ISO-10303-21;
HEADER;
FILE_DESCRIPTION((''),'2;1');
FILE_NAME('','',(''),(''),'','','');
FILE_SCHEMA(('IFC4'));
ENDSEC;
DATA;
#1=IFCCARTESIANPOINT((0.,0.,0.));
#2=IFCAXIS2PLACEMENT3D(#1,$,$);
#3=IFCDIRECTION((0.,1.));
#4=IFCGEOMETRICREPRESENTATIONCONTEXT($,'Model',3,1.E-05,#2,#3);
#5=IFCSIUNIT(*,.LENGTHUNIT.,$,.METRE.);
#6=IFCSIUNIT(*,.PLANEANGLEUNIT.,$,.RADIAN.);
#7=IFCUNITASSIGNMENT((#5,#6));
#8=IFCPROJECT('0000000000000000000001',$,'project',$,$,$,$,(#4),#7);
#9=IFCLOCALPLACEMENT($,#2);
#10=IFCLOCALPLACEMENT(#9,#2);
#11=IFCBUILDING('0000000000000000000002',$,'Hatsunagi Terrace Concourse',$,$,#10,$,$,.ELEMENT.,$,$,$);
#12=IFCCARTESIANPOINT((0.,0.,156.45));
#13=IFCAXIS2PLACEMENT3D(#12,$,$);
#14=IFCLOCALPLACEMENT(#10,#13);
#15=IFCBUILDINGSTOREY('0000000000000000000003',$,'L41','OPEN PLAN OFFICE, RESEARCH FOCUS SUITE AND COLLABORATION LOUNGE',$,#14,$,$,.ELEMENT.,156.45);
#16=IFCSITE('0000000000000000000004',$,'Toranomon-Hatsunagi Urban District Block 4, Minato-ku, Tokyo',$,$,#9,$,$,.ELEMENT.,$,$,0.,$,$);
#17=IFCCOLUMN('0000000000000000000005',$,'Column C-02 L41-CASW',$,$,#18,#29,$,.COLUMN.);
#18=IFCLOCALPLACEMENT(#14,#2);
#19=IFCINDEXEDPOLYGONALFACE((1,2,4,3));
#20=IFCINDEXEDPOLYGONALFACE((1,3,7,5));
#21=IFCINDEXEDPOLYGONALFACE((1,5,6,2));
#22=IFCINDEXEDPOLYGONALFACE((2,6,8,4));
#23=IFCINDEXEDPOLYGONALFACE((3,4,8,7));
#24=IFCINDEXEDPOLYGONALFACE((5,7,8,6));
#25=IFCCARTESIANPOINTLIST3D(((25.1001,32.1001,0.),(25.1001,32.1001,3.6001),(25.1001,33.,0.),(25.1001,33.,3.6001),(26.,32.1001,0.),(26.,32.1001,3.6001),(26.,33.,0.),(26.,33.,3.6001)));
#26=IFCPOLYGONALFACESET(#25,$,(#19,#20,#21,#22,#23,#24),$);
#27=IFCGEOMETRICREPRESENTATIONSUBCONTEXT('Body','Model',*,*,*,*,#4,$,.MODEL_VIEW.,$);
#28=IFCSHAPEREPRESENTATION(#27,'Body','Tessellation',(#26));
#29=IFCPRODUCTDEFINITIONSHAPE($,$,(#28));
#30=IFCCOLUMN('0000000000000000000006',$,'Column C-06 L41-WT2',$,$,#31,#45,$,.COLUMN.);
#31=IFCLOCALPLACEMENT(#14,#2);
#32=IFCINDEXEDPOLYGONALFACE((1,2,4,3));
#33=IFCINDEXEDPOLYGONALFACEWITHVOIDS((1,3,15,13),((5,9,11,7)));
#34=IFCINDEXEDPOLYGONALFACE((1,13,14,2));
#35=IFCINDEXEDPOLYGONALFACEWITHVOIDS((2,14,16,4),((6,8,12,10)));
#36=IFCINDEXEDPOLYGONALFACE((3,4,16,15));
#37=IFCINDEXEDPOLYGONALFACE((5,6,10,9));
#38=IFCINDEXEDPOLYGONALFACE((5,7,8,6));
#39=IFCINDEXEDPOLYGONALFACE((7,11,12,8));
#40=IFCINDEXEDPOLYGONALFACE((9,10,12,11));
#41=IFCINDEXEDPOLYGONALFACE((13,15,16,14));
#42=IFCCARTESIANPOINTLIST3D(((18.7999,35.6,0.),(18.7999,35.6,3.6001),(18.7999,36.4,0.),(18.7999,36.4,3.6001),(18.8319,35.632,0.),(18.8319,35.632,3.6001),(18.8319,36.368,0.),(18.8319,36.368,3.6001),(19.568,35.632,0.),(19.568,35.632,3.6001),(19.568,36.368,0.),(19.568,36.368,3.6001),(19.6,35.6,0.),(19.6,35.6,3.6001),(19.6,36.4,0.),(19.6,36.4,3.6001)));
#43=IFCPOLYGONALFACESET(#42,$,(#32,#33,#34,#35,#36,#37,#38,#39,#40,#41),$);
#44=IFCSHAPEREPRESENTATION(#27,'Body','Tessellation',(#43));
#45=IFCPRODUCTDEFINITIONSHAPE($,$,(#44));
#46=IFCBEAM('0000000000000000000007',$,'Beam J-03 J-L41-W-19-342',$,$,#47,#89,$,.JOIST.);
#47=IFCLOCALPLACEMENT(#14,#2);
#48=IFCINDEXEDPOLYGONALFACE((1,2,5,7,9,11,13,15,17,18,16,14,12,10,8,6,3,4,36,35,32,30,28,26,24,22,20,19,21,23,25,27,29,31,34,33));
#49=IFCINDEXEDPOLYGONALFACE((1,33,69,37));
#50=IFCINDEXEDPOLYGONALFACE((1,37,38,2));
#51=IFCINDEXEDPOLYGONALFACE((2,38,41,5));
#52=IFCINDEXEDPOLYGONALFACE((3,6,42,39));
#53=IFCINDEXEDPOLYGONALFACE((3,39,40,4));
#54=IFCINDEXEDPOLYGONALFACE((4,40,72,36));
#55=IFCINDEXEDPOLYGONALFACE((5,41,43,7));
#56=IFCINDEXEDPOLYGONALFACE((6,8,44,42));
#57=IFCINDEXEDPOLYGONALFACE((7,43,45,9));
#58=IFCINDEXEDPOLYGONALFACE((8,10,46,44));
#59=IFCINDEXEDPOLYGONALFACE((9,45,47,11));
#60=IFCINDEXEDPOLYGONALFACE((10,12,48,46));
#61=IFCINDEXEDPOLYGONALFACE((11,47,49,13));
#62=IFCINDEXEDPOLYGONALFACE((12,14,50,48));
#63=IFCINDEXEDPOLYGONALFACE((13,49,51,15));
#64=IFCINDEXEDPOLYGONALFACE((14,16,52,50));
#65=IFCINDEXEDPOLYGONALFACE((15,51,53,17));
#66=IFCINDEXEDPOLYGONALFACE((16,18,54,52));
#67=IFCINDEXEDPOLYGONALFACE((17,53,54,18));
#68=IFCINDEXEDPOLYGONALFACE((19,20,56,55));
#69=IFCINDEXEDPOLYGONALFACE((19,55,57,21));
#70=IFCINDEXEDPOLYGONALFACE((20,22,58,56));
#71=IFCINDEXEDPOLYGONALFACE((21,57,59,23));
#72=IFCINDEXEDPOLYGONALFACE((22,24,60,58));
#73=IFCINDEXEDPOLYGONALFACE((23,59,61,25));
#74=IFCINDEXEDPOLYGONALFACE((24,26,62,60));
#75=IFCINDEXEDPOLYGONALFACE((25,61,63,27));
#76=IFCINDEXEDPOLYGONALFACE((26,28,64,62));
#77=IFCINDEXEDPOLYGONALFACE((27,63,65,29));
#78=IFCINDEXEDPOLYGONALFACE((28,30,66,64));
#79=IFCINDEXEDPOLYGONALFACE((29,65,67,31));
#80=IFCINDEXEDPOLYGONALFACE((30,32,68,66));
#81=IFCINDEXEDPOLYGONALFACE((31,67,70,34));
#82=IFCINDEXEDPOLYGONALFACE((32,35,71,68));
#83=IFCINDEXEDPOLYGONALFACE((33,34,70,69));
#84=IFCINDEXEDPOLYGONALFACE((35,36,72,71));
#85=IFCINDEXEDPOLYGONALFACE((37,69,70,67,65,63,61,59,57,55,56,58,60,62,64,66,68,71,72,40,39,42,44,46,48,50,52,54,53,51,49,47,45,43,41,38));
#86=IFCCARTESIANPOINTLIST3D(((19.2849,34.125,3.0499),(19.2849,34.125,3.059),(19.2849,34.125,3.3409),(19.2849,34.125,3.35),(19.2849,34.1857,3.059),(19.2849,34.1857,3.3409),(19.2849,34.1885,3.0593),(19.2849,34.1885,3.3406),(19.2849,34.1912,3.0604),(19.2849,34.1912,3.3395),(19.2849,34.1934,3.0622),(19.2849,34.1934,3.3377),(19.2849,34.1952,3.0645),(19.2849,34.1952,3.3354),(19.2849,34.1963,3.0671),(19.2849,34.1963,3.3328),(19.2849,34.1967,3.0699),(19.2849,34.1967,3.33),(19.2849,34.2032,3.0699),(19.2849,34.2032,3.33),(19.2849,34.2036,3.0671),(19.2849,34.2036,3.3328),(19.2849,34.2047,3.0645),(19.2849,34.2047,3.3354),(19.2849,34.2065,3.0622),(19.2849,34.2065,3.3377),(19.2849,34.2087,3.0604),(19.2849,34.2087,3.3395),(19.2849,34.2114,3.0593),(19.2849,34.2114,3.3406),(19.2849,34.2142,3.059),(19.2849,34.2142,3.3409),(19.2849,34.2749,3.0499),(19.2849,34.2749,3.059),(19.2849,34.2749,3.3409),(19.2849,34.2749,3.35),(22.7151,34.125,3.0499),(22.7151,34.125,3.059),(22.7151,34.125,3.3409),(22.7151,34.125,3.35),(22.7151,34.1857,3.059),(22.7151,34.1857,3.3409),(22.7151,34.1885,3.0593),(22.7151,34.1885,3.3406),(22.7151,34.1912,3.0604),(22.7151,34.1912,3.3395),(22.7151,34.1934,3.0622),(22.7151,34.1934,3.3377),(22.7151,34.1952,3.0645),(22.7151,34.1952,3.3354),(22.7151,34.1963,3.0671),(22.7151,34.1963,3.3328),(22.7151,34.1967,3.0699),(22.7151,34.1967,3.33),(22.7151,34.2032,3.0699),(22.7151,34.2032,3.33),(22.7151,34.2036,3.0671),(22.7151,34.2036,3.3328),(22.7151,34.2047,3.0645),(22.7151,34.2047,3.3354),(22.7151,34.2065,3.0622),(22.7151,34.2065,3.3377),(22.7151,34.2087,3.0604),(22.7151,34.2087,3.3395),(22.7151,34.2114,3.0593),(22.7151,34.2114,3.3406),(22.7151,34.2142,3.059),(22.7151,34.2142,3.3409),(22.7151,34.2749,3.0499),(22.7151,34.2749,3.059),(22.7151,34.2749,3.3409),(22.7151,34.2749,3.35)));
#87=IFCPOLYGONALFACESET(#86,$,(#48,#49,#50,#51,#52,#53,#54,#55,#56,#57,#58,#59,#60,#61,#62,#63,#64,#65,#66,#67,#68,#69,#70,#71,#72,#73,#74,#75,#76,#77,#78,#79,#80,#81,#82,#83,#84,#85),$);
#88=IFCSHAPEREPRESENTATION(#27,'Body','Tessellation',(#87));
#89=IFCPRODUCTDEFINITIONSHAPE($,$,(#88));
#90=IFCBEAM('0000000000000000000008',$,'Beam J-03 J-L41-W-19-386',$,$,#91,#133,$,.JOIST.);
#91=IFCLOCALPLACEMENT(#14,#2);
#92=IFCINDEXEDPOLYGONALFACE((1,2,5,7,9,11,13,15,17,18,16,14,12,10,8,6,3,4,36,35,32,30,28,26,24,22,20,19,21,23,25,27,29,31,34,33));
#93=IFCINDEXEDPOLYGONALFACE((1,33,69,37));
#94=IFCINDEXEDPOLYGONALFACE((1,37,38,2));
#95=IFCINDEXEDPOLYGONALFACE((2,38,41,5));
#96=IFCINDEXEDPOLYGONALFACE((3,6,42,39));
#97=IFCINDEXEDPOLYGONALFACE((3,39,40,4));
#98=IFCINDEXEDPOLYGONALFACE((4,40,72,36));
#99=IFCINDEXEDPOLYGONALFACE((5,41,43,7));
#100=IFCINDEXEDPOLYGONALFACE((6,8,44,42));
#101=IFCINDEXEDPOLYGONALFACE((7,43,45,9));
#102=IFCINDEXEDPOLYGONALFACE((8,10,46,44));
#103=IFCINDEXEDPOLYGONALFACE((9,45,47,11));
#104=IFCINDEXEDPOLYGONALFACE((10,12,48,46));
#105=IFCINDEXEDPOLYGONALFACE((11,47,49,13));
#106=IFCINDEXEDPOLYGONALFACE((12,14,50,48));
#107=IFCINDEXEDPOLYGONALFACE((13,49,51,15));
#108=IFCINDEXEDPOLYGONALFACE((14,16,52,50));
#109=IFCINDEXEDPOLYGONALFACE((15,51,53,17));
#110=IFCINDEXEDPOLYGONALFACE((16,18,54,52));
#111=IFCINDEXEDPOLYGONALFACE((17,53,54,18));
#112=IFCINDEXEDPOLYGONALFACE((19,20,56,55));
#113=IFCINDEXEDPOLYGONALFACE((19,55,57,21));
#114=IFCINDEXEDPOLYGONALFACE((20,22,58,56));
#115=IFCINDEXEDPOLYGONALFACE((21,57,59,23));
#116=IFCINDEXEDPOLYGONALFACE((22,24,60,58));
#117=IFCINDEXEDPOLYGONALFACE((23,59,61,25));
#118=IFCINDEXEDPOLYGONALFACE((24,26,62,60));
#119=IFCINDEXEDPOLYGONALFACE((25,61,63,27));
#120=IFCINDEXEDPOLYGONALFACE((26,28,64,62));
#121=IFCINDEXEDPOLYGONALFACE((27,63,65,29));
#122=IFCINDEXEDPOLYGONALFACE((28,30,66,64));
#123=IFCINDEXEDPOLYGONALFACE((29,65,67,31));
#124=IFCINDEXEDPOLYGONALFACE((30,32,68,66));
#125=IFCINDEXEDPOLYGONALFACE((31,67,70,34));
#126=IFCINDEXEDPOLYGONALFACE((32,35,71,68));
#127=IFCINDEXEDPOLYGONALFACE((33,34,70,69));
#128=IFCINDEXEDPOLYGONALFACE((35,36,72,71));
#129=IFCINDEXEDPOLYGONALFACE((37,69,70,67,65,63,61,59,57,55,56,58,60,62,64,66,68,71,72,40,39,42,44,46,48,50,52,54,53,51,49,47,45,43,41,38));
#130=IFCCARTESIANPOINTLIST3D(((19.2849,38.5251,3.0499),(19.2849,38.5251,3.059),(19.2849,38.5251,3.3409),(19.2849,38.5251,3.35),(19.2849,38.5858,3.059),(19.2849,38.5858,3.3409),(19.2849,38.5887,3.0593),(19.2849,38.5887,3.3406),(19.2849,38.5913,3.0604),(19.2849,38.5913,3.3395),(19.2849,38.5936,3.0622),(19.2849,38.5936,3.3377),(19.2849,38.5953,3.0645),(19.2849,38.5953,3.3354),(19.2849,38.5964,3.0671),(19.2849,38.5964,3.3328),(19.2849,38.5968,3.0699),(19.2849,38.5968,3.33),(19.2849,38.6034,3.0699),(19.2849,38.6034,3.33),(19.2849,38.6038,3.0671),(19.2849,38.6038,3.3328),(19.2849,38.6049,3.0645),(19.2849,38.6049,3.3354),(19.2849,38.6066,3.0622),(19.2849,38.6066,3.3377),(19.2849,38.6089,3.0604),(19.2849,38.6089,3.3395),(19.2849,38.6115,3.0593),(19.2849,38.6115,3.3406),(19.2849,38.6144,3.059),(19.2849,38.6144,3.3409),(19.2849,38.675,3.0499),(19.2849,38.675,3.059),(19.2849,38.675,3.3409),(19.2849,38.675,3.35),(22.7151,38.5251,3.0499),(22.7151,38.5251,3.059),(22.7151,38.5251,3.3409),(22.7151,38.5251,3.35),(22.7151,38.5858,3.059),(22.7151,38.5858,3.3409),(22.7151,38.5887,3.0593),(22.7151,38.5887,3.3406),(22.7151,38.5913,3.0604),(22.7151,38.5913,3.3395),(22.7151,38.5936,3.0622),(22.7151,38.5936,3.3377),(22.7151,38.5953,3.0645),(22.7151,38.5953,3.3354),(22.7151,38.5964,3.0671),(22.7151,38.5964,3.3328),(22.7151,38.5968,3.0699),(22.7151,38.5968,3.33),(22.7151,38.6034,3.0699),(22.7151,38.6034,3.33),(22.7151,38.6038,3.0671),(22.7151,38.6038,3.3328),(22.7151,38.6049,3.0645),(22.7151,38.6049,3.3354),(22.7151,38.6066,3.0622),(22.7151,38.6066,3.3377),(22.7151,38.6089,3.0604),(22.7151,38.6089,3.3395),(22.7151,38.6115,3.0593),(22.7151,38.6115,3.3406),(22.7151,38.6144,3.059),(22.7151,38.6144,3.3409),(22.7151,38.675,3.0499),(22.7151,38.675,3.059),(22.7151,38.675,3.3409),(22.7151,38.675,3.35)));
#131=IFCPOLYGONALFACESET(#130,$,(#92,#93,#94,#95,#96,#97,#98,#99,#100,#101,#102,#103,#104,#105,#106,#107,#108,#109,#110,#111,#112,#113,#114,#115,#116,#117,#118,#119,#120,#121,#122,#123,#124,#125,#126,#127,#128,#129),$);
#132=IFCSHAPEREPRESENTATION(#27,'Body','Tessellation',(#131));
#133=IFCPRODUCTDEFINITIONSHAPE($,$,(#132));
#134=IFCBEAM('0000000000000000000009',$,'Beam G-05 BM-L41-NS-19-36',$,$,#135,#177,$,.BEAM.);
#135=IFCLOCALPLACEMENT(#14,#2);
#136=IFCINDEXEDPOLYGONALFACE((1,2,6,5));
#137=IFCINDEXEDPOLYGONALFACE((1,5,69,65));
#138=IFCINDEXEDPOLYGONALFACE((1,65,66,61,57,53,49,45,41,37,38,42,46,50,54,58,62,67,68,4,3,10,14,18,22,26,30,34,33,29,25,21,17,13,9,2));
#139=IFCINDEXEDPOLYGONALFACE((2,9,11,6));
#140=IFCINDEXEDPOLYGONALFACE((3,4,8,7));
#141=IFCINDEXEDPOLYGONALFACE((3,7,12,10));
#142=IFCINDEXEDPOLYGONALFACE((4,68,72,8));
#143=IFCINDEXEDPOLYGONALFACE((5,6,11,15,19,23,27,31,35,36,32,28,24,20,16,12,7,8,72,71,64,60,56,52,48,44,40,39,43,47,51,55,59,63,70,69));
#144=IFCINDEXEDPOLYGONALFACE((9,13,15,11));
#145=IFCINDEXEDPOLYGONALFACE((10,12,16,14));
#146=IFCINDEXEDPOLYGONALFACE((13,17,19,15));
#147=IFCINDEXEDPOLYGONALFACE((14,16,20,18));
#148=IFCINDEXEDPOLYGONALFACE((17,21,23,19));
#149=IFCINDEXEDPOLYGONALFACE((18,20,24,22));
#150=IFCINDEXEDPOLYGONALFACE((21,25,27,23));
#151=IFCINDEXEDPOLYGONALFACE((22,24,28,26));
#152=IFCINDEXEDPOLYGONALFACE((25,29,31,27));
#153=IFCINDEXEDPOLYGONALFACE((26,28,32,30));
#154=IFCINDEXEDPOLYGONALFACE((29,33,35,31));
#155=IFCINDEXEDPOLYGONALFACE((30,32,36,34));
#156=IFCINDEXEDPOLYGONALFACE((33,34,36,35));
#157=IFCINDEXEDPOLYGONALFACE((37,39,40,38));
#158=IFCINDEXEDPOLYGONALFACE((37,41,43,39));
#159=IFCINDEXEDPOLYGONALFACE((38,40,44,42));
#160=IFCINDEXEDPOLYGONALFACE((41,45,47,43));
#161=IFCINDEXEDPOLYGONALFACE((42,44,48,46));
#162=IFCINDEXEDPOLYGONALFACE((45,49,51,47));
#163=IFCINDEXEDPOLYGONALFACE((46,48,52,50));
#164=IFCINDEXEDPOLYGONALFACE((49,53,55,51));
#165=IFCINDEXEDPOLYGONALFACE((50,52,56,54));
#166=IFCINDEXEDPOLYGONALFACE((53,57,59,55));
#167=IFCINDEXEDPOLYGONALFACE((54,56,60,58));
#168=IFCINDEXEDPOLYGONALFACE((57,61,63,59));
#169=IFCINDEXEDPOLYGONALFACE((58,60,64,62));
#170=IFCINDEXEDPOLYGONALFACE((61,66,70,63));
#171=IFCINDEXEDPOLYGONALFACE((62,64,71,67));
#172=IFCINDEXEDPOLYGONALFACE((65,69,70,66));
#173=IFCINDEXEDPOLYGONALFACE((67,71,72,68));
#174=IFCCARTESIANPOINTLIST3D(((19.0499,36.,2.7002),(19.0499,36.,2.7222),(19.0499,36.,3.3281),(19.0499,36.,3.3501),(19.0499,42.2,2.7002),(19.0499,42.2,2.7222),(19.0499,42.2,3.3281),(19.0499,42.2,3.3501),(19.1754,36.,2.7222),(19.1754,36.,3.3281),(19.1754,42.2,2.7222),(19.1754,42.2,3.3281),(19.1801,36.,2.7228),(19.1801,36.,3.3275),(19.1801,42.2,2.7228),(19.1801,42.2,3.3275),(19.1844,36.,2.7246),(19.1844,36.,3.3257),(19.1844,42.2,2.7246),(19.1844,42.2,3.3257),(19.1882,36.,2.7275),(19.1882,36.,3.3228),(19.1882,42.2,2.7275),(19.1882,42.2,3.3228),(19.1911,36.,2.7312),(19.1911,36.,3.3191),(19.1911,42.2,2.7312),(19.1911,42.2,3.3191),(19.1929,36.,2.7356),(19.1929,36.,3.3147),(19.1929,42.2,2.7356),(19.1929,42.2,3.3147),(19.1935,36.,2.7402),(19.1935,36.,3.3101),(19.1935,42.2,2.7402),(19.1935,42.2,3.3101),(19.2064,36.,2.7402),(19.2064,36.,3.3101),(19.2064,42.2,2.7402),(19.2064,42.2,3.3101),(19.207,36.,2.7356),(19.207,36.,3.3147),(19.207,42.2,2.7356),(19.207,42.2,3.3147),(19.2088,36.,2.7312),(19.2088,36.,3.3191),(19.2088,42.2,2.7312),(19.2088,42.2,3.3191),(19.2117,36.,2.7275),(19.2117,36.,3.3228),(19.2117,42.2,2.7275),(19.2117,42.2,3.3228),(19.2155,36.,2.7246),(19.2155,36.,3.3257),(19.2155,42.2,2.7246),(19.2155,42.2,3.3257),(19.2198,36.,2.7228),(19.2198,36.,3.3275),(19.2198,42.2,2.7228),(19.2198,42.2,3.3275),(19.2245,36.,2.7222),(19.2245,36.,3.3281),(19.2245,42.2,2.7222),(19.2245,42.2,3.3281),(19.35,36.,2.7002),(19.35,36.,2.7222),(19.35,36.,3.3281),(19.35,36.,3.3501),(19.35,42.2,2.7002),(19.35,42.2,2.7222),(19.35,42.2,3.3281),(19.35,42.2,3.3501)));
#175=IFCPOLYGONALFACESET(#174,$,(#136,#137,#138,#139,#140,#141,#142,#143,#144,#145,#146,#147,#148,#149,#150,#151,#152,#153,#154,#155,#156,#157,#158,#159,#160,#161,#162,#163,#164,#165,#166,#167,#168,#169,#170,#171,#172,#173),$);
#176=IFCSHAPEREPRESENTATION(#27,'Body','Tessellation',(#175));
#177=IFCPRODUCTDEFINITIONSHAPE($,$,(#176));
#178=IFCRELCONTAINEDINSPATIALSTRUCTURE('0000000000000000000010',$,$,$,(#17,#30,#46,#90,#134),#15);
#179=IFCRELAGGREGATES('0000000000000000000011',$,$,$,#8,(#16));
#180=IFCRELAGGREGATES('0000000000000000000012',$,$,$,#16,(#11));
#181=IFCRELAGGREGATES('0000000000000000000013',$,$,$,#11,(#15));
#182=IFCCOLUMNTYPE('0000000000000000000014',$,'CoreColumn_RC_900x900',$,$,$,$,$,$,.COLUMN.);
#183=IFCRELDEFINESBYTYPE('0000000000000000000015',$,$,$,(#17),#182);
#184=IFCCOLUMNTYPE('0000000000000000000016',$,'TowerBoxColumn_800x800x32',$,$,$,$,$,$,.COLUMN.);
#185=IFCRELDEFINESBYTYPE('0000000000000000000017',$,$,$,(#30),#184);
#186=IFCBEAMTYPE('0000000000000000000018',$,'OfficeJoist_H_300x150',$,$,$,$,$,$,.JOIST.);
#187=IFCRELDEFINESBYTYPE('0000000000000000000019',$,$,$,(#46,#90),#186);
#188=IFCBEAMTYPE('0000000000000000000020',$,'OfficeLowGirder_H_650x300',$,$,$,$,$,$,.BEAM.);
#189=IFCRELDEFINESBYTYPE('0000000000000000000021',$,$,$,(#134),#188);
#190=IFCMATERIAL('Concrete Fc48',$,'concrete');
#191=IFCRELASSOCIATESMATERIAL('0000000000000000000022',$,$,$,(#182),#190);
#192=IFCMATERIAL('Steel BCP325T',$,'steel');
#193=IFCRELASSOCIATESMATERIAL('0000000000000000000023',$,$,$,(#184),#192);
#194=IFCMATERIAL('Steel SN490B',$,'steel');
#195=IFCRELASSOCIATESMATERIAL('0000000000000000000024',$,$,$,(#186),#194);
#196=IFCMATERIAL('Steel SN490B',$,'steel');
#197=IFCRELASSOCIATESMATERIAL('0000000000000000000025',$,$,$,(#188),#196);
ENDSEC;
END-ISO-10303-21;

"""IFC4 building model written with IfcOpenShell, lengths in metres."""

from ifc_helpers import new_model, si_unit, direction, frame, origin, origin_2d, place, context, subcontext, project, spatial, rectangle, hollow_rectangle, i_section, extrude, material, material_profile, profile_set, type_object, element, save


model = new_model("IFC4")

# Units and contexts
model_context = context("Model", 3, precision=1e-05, world=origin(), true_north=direction((0.0, 1.0)))
body_context = subcontext(model_context, "Body", "Model", "MODEL_VIEW")
ifc_project = project(units=[si_unit("LENGTHUNIT", "METRE"), si_unit("PLANEANGLEUNIT", "RADIAN")], contexts=[model_context])

# Site, building, storey
site_placement = place(None, origin())
site = spatial("IfcSite", under=ifc_project, at=site_placement, Name="Toranomon-Hatsunagi Urban District Block 4, Minato-ku, Tokyo", CompositionType="ELEMENT", RefElevation=0.0)
building_placement = place(site_placement, origin())
building = spatial("IfcBuilding", under=site, at=building_placement, Name="Hatsunagi Terrace Concourse", CompositionType="ELEMENT")
storey_placement = place(building_placement, frame((0.0, 0.0, 156.45)))
storey = spatial("IfcBuildingStorey", under=building, at=storey_placement, Name="L41", Description="OPEN PLAN OFFICE, RESEARCH FOCUS SUITE AND COLLABORATION LOUNGE", CompositionType="ELEMENT", Elevation=156.45)

# Columns
ifc_material_1 = material(Name="Concrete Fc48", Category="concrete")
ifc_material_profile_1 = material_profile(ifc_material_1, rectangle(XDim=0.8999, YDim=0.8999, at=origin_2d()), Name="RC-900x900")
ifc_profile_set_1 = profile_set([ifc_material_profile_1], Name="Concrete Fc48")
column_type_1 = type_object("IfcColumnType", Name="CoreColumn_RC_900x900", PredefinedType="COLUMN", material=ifc_profile_set_1)
column_1_placement = place(storey_placement, frame((25.55, 32.55, 0.0), z_axis=(0.0, 0.0, 1.0), x_axis=(1.0, 0.0, 0.0)))
element("IfcColumn", 1, at=column_1_placement, inside=storey, type_object=column_type_1, Name="Column C-02 L41-CASW", PredefinedType="COLUMN", context=body_context, shape_type="SweptSolid", body=[
    extrude(rectangle(XDim=0.8999, YDim=0.8999, at=origin_2d()), origin(), (0.0, 0.0, 1.0), 3.6001),
])
ifc_material_2 = material(Name="Steel BCP325T", Category="steel")
ifc_material_profile_2 = material_profile(ifc_material_2, hollow_rectangle(XDim=0.8, YDim=0.8, WallThickness=0.032, at=origin_2d()), Name="BCP-800x800x32")
ifc_profile_set_2 = profile_set([ifc_material_profile_2], Name="Steel BCP325T")
column_type_2 = type_object("IfcColumnType", Name="TowerBoxColumn_800x800x32", PredefinedType="COLUMN", material=ifc_profile_set_2)
column_2_placement = place(storey_placement, frame((19.2, 36.0, 0.0), z_axis=(0.0, 0.0, 1.0), x_axis=(1.0, 0.0, 0.0)))
element("IfcColumn", 2, at=column_2_placement, inside=storey, type_object=column_type_2, Name="Column C-06 L41-WT2", PredefinedType="COLUMN", context=body_context, shape_type="SweptSolid", body=[
    extrude(hollow_rectangle(XDim=0.8, YDim=0.8, WallThickness=0.032, at=origin_2d()), origin(), (0.0, 0.0, 1.0), 3.6001),
])

# Beams
ifc_material_3 = material(Name="Steel SN490B", Category="steel")
ifc_material_profile_3 = material_profile(ifc_material_3, i_section(OverallWidth=0.1499, OverallDepth=0.3, WebThickness=0.0066, FlangeThickness=0.009, FilletRadius=0.011, at=origin_2d()), Name="H-300x150x6.5x9")
ifc_profile_set_3 = profile_set([ifc_material_profile_3], Name="Steel SN490B")
beam_type_1 = type_object("IfcBeamType", Name="OfficeJoist_H_300x150", PredefinedType="JOIST", material=ifc_profile_set_3)
for number, where, z_axis, x_axis, name in (
    (3, (19.2849, 34.2, 3.2), (1.0, 0.0, 0.0), (0.0, 1.0, 0.0), "Beam J-03 J-L41-W-19-342"),
    (4, (19.2849, 38.6001, 3.2), (1.0, 0.0, 0.0), (0.0, 1.0, 0.0), "Beam J-03 J-L41-W-19-386"),
):
    element("IfcBeam", number, at=place(storey_placement, frame(where, z_axis=z_axis, x_axis=x_axis)), inside=storey, type_object=beam_type_1, Name=name, PredefinedType="JOIST", context=body_context, shape_type="SweptSolid", body=[
        extrude(i_section(OverallWidth=0.1499, OverallDepth=0.3, WebThickness=0.0066, FlangeThickness=0.009, FilletRadius=0.011, at=origin_2d()), origin(), (0.0, 0.0, 1.0), 3.4302),
    ])
ifc_material_4 = material(Name="Steel SN490B", Category="steel")
ifc_material_profile_4 = material_profile(ifc_material_4, i_section(OverallWidth=0.3, OverallDepth=0.6499, WebThickness=0.0129, FlangeThickness=0.022, FilletRadius=0.0181, at=origin_2d()), Name="H-650x300x13x22")
ifc_profile_set_4 = profile_set([ifc_material_profile_4], Name="Steel SN490B")
beam_type_2 = type_object("IfcBeamType", Name="OfficeLowGirder_H_650x300", PredefinedType="BEAM", material=ifc_profile_set_4)
beam_1_placement = place(storey_placement, frame((19.2, 36.0, 3.0251), z_axis=(0.0, 1.0, 0.0), x_axis=(-1.0, 0.0, 0.0)))
element("IfcBeam", 5, at=beam_1_placement, inside=storey, type_object=beam_type_2, Name="Beam G-05 BM-L41-NS-19-36", PredefinedType="BEAM", context=body_context, shape_type="SweptSolid", body=[
    extrude(i_section(OverallWidth=0.3, OverallDepth=0.6499, WebThickness=0.0129, FlangeThickness=0.022, FilletRadius=0.0181, at=origin_2d()), origin(), (0.0, 0.0, 1.0), 6.2),
])

save(model, "model.ifc")
